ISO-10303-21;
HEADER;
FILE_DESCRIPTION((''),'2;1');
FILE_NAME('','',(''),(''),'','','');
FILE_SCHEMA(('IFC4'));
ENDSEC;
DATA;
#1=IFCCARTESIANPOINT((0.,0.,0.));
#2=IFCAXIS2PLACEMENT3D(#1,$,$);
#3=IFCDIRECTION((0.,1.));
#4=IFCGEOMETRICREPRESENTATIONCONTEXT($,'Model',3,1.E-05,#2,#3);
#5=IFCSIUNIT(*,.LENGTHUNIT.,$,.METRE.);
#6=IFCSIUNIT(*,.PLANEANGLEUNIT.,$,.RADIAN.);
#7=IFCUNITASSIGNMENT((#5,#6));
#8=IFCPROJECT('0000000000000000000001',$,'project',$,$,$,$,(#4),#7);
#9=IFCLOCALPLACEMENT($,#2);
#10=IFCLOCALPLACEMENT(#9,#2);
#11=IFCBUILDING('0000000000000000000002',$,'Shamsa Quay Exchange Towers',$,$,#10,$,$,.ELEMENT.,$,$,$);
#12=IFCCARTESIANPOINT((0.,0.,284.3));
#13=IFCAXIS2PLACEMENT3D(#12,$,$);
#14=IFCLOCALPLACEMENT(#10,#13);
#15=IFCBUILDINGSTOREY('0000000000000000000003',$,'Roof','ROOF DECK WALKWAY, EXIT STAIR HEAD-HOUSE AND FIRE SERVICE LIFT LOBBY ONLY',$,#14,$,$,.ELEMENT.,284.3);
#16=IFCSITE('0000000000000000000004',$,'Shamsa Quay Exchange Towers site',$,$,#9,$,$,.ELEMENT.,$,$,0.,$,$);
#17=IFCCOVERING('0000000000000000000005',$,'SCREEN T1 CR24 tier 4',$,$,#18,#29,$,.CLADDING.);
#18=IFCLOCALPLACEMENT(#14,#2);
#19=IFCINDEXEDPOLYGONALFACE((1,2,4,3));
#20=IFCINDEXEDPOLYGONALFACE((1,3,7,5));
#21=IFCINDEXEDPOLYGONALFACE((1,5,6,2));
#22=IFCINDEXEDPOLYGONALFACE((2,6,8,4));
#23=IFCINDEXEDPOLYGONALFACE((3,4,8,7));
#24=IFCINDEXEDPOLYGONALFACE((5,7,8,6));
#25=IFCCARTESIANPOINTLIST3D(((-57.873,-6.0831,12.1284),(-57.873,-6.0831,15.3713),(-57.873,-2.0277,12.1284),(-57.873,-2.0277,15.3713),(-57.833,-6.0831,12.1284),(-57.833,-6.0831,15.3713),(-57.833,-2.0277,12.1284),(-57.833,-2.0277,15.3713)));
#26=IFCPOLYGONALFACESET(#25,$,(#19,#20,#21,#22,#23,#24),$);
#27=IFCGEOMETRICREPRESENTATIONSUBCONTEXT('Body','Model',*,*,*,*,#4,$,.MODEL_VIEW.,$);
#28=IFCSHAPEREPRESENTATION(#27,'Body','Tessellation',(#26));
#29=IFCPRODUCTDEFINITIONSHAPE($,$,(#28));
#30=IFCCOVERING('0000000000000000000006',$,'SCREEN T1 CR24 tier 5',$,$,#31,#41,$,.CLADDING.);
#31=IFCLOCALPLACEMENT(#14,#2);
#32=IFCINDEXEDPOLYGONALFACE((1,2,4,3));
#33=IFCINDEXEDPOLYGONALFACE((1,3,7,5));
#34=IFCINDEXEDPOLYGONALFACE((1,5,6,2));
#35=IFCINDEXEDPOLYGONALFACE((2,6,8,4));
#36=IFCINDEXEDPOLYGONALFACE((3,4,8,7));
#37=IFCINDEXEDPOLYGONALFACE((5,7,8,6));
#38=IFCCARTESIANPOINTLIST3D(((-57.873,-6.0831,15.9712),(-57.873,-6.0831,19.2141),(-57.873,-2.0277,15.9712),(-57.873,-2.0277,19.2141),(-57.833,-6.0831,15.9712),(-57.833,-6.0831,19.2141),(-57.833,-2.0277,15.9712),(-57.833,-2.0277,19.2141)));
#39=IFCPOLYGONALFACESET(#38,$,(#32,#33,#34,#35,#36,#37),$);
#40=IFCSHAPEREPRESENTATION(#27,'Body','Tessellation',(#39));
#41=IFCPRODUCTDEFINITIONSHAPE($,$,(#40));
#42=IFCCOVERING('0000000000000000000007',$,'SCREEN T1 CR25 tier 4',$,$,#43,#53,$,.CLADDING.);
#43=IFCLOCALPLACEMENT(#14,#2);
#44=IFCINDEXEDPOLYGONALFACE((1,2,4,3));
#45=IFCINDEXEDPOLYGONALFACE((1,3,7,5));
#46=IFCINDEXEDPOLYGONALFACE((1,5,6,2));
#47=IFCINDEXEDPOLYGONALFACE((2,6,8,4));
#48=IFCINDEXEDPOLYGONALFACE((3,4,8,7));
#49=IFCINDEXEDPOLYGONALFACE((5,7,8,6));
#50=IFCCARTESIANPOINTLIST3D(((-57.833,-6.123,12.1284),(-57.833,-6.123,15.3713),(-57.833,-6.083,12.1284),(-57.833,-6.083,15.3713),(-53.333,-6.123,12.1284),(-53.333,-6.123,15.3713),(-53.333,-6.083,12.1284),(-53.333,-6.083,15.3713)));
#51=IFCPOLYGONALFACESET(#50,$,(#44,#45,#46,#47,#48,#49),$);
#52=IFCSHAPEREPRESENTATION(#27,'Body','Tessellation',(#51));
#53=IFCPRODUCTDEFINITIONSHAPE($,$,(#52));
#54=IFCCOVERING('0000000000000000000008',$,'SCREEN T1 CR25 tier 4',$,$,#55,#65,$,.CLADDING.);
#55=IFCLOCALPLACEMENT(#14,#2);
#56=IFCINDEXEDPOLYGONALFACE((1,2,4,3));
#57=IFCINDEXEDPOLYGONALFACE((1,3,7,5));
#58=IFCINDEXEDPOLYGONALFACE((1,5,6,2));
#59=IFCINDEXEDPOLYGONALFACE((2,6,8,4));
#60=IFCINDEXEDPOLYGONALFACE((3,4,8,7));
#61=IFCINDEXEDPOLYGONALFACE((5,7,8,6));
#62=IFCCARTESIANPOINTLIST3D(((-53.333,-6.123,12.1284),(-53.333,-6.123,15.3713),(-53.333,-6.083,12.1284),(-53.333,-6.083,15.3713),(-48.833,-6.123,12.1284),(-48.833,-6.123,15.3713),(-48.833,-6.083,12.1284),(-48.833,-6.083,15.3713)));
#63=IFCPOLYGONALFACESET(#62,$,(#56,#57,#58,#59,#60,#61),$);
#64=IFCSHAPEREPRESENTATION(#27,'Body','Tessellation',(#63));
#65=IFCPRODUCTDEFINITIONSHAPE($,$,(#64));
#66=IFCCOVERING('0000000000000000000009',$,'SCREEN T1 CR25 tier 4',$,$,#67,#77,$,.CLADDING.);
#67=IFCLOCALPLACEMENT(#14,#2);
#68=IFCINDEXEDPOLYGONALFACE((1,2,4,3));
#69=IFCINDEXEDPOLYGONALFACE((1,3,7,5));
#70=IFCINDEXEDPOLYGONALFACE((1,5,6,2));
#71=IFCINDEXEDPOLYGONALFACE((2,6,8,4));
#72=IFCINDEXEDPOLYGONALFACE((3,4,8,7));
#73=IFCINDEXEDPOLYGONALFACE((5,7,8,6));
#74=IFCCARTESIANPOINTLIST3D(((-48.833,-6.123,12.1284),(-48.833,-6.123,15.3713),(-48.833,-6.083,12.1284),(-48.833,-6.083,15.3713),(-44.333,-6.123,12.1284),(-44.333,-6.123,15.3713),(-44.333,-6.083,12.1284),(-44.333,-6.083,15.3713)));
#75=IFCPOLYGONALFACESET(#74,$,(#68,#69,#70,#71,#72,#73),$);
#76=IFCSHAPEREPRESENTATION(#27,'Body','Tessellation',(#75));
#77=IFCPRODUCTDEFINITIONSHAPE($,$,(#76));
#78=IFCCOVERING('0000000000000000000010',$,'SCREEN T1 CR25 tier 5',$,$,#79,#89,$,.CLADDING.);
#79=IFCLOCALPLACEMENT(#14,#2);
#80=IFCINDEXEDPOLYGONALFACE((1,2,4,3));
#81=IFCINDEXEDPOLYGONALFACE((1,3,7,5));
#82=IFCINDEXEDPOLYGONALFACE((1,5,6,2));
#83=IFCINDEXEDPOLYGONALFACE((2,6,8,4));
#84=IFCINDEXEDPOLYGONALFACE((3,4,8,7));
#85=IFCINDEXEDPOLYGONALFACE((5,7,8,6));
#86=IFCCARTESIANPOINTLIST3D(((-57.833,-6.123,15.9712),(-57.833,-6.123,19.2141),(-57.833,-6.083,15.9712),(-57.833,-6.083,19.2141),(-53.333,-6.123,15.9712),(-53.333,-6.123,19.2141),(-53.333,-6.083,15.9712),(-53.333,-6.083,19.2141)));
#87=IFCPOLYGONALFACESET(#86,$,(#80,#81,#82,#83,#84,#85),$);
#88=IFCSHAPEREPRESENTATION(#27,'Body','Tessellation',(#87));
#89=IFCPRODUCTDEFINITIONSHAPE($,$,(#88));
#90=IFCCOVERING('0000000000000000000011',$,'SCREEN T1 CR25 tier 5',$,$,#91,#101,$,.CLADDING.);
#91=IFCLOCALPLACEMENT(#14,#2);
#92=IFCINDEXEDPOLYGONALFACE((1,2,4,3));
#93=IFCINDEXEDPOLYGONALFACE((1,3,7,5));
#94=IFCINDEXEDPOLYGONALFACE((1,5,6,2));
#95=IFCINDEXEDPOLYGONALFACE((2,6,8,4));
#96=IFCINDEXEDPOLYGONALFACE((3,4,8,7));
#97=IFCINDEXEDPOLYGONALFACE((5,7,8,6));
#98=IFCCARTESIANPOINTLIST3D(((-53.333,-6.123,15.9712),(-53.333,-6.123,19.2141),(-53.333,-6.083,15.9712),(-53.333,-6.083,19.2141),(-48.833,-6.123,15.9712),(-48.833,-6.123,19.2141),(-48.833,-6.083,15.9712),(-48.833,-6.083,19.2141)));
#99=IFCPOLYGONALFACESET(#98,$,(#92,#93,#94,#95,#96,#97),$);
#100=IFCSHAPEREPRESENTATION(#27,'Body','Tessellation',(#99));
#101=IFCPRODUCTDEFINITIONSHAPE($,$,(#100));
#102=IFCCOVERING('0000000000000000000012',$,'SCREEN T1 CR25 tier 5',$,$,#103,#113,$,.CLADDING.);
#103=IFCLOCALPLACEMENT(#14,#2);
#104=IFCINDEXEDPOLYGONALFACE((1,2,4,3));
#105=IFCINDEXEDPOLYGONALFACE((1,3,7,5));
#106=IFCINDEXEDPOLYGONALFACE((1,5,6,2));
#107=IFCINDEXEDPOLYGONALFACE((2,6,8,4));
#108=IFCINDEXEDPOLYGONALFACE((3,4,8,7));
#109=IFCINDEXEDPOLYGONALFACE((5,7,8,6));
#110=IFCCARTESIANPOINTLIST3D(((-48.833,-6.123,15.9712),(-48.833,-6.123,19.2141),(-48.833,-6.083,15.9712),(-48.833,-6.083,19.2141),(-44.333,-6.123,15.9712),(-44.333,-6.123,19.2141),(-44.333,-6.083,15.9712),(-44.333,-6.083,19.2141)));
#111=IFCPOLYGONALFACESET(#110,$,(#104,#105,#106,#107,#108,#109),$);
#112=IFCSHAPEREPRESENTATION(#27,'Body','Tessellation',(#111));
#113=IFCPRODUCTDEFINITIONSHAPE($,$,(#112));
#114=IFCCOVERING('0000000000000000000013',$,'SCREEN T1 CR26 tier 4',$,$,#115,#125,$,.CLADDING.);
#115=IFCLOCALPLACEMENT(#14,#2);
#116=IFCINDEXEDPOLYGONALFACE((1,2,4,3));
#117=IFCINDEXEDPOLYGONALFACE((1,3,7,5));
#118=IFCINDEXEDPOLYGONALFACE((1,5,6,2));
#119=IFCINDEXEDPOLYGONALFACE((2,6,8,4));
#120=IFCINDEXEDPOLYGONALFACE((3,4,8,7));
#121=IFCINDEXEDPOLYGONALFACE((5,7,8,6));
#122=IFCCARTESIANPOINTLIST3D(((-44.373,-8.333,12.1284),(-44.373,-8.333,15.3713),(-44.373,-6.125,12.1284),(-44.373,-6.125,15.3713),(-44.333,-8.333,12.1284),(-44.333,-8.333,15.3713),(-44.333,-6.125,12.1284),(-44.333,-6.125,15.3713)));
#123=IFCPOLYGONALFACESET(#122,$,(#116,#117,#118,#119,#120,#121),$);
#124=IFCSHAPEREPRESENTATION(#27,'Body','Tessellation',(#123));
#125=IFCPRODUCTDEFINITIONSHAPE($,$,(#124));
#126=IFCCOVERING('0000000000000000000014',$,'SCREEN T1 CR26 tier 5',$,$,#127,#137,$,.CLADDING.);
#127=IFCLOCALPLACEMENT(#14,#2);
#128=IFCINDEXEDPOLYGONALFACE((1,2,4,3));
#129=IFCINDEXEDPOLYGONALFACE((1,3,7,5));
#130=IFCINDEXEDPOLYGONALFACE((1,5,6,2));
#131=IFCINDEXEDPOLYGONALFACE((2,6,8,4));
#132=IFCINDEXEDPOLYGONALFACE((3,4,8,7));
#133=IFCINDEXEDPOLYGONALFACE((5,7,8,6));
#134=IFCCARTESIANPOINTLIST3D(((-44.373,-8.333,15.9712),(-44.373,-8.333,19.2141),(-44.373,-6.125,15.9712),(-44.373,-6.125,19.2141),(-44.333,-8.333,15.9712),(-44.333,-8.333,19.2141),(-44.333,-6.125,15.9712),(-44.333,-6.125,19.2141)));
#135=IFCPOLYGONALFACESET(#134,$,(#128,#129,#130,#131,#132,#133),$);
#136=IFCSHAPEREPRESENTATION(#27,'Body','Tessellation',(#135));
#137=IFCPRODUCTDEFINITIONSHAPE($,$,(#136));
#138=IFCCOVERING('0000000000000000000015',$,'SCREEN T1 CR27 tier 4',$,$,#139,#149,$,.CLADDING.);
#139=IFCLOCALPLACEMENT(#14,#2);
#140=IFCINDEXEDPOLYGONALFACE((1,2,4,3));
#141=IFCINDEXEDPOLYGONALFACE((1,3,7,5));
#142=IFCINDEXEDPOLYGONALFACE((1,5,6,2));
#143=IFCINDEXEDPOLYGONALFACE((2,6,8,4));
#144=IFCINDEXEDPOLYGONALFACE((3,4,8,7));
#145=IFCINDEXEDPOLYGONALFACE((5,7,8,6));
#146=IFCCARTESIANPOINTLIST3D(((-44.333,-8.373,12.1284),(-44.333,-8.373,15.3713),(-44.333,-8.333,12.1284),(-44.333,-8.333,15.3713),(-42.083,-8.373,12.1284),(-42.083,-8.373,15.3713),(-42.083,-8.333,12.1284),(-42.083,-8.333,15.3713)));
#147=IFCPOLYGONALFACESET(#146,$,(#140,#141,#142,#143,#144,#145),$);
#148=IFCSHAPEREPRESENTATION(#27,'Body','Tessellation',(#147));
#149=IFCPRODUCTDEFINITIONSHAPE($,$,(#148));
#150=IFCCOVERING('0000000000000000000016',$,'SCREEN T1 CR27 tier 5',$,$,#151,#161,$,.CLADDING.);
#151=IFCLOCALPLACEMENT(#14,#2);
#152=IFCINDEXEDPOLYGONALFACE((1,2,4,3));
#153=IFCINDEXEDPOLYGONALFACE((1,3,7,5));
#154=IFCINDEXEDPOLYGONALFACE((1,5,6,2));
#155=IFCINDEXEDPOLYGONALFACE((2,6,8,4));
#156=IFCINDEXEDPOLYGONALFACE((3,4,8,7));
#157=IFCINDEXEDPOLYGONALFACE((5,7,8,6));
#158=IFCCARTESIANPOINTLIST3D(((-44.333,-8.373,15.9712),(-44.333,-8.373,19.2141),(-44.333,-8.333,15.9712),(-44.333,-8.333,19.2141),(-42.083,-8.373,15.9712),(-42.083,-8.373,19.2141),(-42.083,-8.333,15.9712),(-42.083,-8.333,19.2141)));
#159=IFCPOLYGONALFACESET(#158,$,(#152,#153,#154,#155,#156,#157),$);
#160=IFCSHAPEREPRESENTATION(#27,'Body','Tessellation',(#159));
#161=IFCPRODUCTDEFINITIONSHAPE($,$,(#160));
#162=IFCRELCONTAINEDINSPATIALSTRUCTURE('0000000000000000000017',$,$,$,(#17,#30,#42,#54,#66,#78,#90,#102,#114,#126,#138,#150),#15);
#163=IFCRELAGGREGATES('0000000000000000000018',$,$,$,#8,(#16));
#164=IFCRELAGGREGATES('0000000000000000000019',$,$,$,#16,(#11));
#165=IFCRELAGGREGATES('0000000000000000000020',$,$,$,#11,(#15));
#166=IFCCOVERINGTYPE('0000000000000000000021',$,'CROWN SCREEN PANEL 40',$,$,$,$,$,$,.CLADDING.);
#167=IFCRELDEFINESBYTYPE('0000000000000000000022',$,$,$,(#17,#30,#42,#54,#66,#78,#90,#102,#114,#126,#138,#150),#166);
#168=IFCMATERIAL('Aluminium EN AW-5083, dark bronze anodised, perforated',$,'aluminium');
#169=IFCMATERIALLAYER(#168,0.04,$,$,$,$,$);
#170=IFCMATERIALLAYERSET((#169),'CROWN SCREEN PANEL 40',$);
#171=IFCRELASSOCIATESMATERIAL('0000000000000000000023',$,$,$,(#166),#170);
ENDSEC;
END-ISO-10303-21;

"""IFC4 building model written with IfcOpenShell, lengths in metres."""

from ifc_helpers import new_model, si_unit, direction, frame, origin, origin_2d, place, context, subcontext, project, spatial, rectangle, extrude, material, layer, layer_set, type_object, element, save


model = new_model("IFC4")

# Units and contexts
model_context = context("Model", 3, precision=1e-05, world=origin(), true_north=direction((0.0, 1.0)))
body_context = subcontext(model_context, "Body", "Model", "MODEL_VIEW")
ifc_project = project(units=[si_unit("LENGTHUNIT", "METRE"), si_unit("PLANEANGLEUNIT", "RADIAN")], contexts=[model_context])

# Site, building, storey
site_placement = place(None, origin())
site = spatial("IfcSite", under=ifc_project, at=site_placement, Name="Shamsa Quay Exchange Towers site", CompositionType="ELEMENT", RefElevation=0.0)
building_placement = place(site_placement, origin())
building = spatial("IfcBuilding", under=site, at=building_placement, Name="Shamsa Quay Exchange Towers", CompositionType="ELEMENT")
storey_placement = place(building_placement, frame((0.0, 0.0, 284.3)))
storey = spatial("IfcBuildingStorey", under=building, at=storey_placement, Name="Roof", Description="ROOF DECK WALKWAY, EXIT STAIR HEAD-HOUSE AND FIRE SERVICE LIFT LOBBY ONLY", CompositionType="ELEMENT", Elevation=284.3)

# Coverings
ifc_material_1 = material(Name="Aluminium EN AW-5083, dark bronze anodised, perforated", Category="aluminium")
ifc_layer = layer(ifc_material_1, 0.04)
ifc_layer_set = layer_set([ifc_layer], Name="CROWN SCREEN PANEL 40")
covering_type = type_object("IfcCoveringType", Name="CROWN SCREEN PANEL 40", PredefinedType="CLADDING", material=ifc_layer_set)
for number, where, z_axis, x_axis, name in (
    (1, (-57.853, -4.0554, 12.1284), (0.0, 0.0, 1.0), (0.0, -1.0, 0.0), "SCREEN T1 CR24 tier 4"),
    (2, (-57.853, -4.0554, 15.9712), (0.0, 0.0, 1.0), (0.0, -1.0, 0.0), "SCREEN T1 CR24 tier 5"),
):
    element("IfcCovering", number, at=place(storey_placement, frame(where, z_axis=z_axis, x_axis=x_axis)), inside=storey, type_object=covering_type, Name=name, PredefinedType="CLADDING", context=body_context, shape_type="SweptSolid", body=[
        extrude(rectangle(XDim=4.0554, YDim=0.04, at=origin_2d()), origin(), (0.0, 0.0, 1.0), 3.2429),
    ])
for number, where, name in (
    (3, (-55.583, -6.103, 12.1284), "SCREEN T1 CR25 tier 4"),
    (4, (-51.083, -6.103, 12.1284), "SCREEN T1 CR25 tier 4"),
    (5, (-46.583, -6.103, 12.1284), "SCREEN T1 CR25 tier 4"),
    (6, (-55.583, -6.103, 15.9712), "SCREEN T1 CR25 tier 5"),
    (7, (-51.083, -6.103, 15.9712), "SCREEN T1 CR25 tier 5"),
    (8, (-46.583, -6.103, 15.9712), "SCREEN T1 CR25 tier 5"),
):
    element("IfcCovering", number, at=place(storey_placement, frame(where)), inside=storey, type_object=covering_type, Name=name, PredefinedType="CLADDING", context=body_context, shape_type="SweptSolid", body=[
        extrude(rectangle(XDim=4.5, YDim=0.04, at=origin_2d()), origin(), (0.0, 0.0, 1.0), 3.2429),
    ])
for number, where, z_axis, x_axis, name in (
    (9, (-44.353, -7.229, 12.1284), (0.0, 0.0, 1.0), (0.0, -1.0, 0.0), "SCREEN T1 CR26 tier 4"),
    (10, (-44.353, -7.229, 15.9712), (0.0, 0.0, 1.0), (0.0, -1.0, 0.0), "SCREEN T1 CR26 tier 5"),
):
    element("IfcCovering", number, at=place(storey_placement, frame(where, z_axis=z_axis, x_axis=x_axis)), inside=storey, type_object=covering_type, Name=name, PredefinedType="CLADDING", context=body_context, shape_type="SweptSolid", body=[
        extrude(rectangle(XDim=2.208, YDim=0.04, at=origin_2d()), origin(), (0.0, 0.0, 1.0), 3.2429),
    ])
for number, where, name in (
    (11, (-43.208, -8.353, 12.1284), "SCREEN T1 CR27 tier 4"),
    (12, (-43.208, -8.353, 15.9712), "SCREEN T1 CR27 tier 5"),
):
    element("IfcCovering", number, at=place(storey_placement, frame(where)), inside=storey, type_object=covering_type, Name=name, PredefinedType="CLADDING", context=body_context, shape_type="SweptSolid", body=[
        extrude(rectangle(XDim=2.25, YDim=0.04, at=origin_2d()), origin(), (0.0, 0.0, 1.0), 3.2429),
    ])

save(model, "model.ifc")
